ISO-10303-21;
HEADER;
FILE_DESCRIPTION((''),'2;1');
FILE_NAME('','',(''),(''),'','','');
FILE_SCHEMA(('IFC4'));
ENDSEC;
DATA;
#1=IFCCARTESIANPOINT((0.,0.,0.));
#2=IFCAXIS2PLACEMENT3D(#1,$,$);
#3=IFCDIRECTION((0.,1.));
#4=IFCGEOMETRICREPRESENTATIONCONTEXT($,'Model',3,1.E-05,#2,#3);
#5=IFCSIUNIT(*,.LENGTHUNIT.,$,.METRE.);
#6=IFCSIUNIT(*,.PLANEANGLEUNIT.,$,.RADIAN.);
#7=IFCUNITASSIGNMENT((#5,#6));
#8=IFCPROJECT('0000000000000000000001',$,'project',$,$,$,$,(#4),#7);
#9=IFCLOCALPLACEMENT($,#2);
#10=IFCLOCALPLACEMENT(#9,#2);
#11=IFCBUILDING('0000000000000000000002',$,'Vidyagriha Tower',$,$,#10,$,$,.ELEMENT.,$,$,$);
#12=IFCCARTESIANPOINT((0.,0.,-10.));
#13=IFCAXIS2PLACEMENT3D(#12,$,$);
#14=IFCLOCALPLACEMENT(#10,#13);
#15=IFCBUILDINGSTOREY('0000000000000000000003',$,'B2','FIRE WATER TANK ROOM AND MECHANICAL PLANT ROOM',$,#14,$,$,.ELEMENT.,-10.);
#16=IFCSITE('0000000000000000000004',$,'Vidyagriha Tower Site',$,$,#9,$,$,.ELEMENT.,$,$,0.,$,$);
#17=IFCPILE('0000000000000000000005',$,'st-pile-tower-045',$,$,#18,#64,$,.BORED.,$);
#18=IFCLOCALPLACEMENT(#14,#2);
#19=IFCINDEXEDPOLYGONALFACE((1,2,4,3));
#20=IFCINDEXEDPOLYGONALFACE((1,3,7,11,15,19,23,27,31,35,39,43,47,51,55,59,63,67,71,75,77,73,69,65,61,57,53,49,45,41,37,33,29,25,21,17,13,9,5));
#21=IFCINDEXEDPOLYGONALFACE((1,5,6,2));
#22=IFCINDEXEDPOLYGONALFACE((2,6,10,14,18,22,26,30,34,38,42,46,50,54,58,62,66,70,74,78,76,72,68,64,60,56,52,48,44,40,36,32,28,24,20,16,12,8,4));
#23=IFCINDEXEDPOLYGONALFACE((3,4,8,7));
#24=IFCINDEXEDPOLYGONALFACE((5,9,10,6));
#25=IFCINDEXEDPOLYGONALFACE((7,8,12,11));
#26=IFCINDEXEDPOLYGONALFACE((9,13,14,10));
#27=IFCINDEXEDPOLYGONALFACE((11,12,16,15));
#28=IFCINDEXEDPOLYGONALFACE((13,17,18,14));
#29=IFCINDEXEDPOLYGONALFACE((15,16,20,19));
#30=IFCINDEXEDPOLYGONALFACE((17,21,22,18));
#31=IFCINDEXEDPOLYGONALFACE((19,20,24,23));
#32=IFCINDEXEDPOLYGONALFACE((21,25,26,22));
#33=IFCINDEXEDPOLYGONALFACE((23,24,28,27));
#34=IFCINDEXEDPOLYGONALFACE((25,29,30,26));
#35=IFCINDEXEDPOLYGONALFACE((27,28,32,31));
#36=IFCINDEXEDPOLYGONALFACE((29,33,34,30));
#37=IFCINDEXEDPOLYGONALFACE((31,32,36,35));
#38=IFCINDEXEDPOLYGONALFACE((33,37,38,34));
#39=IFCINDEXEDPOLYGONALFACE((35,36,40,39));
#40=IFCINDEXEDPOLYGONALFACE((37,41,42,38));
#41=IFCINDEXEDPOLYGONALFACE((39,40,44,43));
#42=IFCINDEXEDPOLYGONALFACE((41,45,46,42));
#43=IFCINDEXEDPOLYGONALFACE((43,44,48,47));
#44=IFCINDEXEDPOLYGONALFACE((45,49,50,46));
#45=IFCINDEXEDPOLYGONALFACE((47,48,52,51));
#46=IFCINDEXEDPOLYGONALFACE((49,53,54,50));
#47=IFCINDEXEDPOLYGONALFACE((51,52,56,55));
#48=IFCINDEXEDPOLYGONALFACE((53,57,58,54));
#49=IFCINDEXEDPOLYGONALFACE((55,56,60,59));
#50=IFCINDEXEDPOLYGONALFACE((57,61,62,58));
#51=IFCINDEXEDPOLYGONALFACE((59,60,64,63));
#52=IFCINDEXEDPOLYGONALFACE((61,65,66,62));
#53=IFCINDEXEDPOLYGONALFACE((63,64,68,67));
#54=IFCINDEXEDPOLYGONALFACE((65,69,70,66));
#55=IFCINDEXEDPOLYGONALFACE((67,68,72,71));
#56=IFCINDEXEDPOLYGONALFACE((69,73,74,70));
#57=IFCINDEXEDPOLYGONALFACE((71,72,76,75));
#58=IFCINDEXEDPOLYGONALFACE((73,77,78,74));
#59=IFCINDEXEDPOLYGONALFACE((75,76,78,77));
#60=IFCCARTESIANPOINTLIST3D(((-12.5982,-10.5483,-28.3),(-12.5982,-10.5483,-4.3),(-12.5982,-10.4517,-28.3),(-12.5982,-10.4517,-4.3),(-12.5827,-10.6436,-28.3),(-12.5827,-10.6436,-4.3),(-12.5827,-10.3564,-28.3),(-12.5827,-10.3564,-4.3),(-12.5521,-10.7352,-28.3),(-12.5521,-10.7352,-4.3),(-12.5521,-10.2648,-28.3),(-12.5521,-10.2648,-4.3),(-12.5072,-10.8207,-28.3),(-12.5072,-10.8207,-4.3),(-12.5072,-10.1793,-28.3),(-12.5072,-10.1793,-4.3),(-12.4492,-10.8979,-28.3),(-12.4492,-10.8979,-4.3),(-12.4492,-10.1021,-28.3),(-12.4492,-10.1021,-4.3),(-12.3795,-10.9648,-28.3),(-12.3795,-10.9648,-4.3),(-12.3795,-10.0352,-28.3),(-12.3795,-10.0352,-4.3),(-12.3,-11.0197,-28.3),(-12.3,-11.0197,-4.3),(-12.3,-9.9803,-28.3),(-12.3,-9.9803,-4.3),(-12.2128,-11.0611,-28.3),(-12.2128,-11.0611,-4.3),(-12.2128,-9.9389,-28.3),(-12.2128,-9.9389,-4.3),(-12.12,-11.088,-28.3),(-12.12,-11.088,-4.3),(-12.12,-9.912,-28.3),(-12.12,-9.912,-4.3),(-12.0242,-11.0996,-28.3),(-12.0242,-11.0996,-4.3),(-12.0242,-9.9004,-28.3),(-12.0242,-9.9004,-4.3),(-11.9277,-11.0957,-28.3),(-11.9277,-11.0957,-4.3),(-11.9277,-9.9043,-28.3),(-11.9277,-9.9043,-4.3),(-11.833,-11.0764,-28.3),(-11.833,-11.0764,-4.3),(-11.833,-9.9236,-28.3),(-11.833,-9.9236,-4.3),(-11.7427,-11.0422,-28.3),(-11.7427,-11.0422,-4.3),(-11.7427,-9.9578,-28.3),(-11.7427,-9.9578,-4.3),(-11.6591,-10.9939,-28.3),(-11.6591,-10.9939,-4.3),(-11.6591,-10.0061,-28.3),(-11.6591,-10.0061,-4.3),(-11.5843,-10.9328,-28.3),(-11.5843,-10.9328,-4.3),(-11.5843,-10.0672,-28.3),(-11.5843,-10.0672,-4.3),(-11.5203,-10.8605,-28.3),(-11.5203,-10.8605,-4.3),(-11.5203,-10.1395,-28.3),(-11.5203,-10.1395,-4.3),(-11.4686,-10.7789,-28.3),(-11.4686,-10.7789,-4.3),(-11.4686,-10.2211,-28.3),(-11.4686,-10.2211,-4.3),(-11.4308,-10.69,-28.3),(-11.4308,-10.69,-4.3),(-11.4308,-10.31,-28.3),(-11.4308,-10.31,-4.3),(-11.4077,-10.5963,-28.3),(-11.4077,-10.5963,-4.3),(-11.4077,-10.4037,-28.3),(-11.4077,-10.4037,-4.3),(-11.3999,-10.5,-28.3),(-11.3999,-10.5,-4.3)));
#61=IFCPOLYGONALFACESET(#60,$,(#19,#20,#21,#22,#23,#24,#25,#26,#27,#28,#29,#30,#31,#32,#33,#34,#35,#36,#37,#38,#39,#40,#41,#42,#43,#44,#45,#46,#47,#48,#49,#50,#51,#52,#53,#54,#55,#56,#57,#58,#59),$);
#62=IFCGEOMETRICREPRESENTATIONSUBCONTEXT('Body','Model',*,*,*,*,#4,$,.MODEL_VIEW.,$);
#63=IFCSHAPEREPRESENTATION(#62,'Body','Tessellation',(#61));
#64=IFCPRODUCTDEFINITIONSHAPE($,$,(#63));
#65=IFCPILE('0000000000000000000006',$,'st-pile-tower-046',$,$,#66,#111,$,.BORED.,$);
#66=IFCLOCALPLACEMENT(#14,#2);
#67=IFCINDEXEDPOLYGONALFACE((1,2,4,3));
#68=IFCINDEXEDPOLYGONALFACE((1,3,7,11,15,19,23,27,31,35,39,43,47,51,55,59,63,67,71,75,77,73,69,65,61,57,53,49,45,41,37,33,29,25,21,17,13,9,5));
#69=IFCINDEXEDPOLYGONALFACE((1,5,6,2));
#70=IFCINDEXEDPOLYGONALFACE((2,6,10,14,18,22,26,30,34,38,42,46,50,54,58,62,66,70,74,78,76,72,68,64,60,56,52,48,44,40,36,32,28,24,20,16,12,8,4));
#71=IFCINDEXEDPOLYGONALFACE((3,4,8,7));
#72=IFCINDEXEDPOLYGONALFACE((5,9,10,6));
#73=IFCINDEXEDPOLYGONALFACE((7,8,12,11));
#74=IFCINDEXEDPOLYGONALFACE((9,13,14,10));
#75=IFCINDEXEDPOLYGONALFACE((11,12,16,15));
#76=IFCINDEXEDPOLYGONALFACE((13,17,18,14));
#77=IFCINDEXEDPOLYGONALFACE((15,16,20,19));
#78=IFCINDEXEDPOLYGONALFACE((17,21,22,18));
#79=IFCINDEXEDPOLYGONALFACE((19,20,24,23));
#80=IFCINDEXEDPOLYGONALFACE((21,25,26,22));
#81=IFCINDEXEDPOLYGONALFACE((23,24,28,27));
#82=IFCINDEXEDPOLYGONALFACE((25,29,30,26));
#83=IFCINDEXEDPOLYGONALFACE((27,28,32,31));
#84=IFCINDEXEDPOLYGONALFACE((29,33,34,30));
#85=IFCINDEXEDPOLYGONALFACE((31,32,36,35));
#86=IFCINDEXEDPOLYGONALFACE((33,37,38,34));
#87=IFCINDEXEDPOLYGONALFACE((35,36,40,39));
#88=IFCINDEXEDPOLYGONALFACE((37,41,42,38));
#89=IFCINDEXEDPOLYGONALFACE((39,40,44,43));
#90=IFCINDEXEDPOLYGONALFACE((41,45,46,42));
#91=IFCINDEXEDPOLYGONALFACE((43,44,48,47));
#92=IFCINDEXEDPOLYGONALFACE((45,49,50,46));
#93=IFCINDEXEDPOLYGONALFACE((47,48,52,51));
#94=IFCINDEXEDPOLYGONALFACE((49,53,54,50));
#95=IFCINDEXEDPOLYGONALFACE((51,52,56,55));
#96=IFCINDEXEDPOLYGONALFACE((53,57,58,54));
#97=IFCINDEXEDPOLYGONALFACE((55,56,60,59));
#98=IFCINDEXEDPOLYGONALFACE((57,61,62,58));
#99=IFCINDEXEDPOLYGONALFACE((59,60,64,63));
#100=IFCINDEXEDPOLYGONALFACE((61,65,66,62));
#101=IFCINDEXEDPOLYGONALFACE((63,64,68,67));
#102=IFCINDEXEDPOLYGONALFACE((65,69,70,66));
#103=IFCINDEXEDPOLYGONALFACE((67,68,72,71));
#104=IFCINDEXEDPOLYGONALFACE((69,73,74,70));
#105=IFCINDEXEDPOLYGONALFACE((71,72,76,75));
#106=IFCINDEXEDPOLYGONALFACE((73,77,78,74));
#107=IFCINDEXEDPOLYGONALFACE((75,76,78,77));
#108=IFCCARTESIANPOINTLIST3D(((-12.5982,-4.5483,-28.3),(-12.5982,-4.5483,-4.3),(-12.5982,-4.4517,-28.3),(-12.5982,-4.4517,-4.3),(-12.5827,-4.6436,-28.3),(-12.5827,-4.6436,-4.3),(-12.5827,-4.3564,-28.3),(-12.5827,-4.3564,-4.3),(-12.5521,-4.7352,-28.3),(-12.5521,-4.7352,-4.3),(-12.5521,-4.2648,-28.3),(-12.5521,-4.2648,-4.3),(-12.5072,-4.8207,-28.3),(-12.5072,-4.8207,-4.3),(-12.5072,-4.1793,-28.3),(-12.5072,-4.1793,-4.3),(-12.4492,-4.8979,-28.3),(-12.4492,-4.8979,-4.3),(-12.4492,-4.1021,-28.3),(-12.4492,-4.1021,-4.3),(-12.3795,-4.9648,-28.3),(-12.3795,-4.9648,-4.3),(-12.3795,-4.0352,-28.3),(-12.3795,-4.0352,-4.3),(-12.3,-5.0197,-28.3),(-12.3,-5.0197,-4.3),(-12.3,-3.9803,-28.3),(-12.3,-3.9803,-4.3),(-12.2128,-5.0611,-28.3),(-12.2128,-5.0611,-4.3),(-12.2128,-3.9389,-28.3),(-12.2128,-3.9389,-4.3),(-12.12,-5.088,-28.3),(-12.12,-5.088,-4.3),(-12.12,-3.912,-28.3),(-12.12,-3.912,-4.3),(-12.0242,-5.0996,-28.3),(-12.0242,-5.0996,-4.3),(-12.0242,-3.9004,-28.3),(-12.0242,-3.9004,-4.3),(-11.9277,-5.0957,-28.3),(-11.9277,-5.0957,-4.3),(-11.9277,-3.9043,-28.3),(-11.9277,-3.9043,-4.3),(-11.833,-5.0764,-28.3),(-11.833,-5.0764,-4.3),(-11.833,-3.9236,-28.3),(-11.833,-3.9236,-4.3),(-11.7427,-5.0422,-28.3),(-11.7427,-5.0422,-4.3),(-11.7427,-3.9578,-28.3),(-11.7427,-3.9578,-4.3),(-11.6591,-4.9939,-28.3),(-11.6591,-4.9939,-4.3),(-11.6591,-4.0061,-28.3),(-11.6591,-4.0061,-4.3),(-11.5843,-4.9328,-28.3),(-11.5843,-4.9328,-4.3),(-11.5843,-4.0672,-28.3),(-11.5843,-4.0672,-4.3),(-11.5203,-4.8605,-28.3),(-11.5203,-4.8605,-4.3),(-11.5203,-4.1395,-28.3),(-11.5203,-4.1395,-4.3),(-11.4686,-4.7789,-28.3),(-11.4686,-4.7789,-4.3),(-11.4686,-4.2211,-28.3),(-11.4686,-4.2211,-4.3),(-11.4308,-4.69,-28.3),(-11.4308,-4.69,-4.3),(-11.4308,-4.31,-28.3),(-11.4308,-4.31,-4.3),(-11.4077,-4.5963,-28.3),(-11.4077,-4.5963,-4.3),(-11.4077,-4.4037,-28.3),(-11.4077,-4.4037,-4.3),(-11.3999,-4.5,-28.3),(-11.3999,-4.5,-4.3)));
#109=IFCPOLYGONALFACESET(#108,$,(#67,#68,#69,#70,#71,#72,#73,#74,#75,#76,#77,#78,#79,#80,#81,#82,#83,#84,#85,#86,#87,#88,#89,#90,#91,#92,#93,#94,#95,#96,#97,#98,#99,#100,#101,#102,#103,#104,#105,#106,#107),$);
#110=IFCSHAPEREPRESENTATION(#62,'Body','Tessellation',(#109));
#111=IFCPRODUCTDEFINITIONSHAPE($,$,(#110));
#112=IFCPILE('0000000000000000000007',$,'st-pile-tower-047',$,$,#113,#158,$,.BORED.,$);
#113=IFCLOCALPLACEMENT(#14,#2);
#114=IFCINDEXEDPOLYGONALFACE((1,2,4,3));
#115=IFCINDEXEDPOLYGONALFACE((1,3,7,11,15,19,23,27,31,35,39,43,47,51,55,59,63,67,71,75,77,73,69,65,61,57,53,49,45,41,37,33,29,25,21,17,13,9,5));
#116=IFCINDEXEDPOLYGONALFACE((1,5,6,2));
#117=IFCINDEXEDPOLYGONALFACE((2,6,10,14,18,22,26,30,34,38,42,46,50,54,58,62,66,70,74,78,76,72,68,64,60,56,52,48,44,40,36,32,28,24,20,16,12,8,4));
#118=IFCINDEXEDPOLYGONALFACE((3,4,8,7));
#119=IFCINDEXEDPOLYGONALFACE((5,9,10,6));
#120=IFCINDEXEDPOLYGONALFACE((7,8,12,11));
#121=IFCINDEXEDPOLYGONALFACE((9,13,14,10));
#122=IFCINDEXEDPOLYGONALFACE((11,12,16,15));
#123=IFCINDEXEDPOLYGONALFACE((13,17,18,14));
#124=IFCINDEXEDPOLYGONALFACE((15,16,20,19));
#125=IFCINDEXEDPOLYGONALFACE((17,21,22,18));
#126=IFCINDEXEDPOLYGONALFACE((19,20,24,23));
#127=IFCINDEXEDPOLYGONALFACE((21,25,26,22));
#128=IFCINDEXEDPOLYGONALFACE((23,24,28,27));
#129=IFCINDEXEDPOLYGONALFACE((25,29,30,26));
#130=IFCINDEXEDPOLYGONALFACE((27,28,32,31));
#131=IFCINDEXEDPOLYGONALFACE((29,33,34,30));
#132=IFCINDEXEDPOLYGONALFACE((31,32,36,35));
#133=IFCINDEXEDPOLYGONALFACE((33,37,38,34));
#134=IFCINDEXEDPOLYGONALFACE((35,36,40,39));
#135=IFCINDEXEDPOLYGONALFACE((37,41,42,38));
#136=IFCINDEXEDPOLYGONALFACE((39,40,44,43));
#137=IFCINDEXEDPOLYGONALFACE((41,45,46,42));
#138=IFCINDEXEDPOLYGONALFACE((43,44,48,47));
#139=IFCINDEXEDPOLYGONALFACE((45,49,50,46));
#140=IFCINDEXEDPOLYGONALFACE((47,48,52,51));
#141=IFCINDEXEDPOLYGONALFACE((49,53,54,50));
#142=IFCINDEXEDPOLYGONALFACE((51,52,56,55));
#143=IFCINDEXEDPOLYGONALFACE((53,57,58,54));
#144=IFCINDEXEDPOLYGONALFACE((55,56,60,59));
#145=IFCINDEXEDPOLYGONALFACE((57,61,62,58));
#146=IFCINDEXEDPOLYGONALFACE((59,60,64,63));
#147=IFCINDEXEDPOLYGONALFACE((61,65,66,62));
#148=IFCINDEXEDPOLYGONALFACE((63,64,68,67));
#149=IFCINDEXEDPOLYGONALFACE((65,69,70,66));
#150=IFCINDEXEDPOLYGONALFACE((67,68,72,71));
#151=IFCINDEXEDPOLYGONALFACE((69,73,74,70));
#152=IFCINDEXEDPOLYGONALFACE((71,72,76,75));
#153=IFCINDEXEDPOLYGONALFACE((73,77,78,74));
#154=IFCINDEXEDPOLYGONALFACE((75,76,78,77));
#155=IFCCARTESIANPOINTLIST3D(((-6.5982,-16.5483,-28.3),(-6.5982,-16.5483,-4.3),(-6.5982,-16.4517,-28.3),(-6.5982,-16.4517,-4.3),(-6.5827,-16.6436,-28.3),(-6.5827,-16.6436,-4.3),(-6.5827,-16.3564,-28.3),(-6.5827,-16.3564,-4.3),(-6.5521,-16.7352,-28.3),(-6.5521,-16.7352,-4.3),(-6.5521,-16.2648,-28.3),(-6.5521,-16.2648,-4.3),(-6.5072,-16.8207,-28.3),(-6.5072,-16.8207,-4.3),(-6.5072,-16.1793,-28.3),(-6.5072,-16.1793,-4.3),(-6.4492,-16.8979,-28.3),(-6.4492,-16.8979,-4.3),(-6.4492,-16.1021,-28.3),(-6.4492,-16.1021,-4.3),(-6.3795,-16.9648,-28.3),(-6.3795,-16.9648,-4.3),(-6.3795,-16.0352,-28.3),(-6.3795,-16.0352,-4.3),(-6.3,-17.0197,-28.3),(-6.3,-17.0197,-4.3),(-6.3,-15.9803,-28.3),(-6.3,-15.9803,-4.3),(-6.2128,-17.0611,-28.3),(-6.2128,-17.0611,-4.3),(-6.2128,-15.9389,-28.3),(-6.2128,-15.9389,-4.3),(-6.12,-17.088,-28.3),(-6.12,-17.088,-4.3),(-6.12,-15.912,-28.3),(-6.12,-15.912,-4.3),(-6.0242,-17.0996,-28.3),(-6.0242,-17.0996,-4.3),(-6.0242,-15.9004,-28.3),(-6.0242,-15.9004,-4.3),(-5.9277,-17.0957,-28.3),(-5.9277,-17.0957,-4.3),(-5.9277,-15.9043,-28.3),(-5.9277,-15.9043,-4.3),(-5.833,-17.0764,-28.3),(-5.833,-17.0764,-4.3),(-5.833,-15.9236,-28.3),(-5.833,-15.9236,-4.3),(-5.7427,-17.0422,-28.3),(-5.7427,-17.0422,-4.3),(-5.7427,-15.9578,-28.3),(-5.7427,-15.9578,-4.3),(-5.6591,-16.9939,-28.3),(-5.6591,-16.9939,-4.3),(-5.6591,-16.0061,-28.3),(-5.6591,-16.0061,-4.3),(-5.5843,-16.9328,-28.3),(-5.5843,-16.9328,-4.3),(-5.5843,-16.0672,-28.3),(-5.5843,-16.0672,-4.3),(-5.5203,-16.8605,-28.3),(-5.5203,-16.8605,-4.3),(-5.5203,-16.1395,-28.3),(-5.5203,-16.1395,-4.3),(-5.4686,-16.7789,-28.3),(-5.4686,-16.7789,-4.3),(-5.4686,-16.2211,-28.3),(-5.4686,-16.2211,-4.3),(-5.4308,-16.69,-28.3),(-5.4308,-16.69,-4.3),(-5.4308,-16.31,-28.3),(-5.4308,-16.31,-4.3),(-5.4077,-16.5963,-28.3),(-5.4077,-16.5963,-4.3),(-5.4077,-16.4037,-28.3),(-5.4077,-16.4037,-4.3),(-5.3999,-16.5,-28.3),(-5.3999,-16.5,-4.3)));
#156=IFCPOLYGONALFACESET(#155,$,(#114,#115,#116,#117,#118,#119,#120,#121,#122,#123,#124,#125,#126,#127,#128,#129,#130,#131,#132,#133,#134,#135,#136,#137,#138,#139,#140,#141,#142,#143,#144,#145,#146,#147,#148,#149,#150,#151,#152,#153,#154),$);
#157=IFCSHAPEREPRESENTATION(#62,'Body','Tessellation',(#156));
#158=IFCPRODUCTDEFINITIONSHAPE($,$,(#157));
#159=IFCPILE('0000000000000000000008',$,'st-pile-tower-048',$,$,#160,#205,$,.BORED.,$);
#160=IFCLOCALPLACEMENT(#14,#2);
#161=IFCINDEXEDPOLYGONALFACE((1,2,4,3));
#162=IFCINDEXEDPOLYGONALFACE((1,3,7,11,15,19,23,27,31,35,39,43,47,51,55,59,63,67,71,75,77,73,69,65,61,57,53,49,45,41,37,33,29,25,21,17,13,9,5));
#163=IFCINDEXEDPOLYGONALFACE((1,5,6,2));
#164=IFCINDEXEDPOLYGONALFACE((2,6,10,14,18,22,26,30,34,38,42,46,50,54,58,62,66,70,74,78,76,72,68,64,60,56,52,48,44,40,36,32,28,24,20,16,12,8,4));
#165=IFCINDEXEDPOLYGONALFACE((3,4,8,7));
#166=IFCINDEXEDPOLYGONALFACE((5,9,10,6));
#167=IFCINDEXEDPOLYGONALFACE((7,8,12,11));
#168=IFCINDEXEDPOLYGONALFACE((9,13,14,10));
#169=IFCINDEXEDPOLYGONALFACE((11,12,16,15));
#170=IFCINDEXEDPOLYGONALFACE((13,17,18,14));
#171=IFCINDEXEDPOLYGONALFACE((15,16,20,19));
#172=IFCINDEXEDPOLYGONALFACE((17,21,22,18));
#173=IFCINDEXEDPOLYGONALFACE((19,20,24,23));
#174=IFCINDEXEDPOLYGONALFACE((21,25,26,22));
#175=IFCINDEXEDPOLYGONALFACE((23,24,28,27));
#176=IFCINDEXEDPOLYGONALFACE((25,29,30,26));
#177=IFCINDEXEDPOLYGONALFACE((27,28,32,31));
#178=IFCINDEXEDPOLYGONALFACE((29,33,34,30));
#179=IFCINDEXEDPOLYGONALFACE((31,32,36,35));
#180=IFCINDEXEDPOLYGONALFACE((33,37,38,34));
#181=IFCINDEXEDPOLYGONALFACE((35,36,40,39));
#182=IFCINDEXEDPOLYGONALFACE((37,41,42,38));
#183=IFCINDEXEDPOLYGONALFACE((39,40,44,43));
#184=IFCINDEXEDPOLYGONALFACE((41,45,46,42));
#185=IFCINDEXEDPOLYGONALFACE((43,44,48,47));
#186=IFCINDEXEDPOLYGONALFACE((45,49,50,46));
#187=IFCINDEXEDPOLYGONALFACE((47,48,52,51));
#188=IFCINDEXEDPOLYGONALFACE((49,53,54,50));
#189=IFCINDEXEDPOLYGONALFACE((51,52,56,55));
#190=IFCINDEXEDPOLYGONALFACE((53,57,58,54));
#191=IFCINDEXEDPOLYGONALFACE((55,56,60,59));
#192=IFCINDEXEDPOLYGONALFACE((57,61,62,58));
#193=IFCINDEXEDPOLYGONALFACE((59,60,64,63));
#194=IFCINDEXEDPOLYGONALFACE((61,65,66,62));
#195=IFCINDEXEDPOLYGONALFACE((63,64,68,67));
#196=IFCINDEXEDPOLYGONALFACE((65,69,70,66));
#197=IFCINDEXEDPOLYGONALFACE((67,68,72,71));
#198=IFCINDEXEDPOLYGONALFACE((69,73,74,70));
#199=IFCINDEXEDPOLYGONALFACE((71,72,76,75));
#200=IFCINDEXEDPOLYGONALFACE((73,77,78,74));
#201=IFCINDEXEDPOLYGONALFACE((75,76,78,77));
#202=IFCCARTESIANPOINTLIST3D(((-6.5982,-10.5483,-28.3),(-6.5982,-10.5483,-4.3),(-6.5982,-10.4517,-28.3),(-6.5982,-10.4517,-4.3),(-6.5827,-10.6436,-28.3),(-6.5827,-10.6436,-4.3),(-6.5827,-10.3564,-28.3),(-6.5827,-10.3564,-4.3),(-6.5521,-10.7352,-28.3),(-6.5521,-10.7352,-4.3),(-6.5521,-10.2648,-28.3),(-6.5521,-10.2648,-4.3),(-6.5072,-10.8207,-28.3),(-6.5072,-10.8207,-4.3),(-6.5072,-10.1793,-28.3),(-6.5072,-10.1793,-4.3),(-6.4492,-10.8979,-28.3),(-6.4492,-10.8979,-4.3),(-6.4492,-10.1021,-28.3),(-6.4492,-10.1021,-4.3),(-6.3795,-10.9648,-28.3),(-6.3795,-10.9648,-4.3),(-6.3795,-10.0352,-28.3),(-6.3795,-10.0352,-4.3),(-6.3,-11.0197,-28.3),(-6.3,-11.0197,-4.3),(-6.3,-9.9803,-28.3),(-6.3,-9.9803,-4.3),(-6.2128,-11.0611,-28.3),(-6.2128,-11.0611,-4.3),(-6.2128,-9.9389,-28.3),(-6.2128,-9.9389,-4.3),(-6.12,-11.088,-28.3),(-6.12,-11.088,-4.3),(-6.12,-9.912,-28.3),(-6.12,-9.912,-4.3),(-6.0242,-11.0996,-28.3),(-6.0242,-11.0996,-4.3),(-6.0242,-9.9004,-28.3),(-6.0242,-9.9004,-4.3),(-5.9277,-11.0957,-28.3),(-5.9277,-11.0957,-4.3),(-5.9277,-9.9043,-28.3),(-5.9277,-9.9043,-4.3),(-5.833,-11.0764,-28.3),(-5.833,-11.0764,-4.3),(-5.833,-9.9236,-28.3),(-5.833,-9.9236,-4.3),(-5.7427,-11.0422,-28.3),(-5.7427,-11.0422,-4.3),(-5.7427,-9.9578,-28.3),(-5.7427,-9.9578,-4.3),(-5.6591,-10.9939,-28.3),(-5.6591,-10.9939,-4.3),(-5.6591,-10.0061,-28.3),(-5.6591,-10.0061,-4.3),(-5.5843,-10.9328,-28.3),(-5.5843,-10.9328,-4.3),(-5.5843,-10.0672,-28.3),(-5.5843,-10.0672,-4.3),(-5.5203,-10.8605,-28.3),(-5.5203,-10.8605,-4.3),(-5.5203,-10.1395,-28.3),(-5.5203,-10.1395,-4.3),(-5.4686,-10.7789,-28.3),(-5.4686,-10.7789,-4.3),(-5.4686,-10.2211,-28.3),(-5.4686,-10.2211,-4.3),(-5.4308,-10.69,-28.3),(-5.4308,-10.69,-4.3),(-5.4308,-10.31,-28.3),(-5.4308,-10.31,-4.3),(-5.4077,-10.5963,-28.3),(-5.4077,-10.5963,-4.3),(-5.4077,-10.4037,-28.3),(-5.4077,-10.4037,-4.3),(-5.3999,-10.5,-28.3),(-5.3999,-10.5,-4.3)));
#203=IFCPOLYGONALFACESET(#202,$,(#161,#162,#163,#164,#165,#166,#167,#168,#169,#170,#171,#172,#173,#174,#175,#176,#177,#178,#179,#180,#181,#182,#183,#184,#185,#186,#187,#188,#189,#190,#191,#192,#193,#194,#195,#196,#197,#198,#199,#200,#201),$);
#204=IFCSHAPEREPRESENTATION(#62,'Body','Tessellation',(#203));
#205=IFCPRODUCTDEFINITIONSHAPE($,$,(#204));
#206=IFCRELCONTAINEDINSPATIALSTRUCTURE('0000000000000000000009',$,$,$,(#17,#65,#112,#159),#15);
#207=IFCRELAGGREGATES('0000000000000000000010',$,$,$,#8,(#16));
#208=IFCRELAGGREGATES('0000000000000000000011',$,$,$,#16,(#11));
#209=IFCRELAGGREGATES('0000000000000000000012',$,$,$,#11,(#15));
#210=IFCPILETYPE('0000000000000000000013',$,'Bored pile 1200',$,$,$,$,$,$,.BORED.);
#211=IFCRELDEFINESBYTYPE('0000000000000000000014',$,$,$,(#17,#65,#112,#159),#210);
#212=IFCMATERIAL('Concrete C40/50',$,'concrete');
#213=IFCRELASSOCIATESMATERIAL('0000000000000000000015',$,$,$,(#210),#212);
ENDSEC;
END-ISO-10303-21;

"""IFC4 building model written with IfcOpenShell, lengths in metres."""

from ifc_helpers import new_model, si_unit, direction, frame, origin, origin_2d, place, context, subcontext, project, spatial, circle, extrude, material, material_profile, profile_set, type_object, element, save


model = new_model("IFC4")

# Units and contexts
model_context = context("Model", 3, precision=1e-05, world=origin(), true_north=direction((0.0, 1.0)))
body_context = subcontext(model_context, "Body", "Model", "MODEL_VIEW")
ifc_project = project(units=[si_unit("LENGTHUNIT", "METRE"), si_unit("PLANEANGLEUNIT", "RADIAN")], contexts=[model_context])

# Site, building, storey
site_placement = place(None, origin())
site = spatial("IfcSite", under=ifc_project, at=site_placement, Name="Vidyagriha Tower Site", CompositionType="ELEMENT", RefElevation=0.0)
building_placement = place(site_placement, origin())
building = spatial("IfcBuilding", under=site, at=building_placement, Name="Vidyagriha Tower", CompositionType="ELEMENT")
storey_placement = place(building_placement, frame((0.0, 0.0, -10.0)))
storey = spatial("IfcBuildingStorey", under=building, at=storey_placement, Name="B2", Description="FIRE WATER TANK ROOM AND MECHANICAL PLANT ROOM", CompositionType="ELEMENT", Elevation=-10.0)

# Piles
ifc_material_1 = material(Name="Concrete C40/50", Category="concrete")
ifc_material_profile_1 = material_profile(ifc_material_1, circle(Radius=0.6001, at=origin_2d()), Name="Bored pile 1200")
ifc_profile_set_1 = profile_set([ifc_material_profile_1], Name="Concrete C40/50")
pile_type = type_object("IfcPileType", Name="Bored pile 1200", PredefinedType="BORED", material=ifc_profile_set_1)
for number, where, z_axis, x_axis, name in (
    (1, (-12.0, -10.5, -4.3), (0.0, 0.0, -1.0), (1.0, 0.0, 0.0), "st-pile-tower-045"),
    (2, (-12.0, -4.5, -4.3), (0.0, 0.0, -1.0), (1.0, 0.0, 0.0), "st-pile-tower-046"),
    (3, (-6.0, -16.5, -4.3), (0.0, 0.0, -1.0), (1.0, 0.0, 0.0), "st-pile-tower-047"),
    (4, (-6.0, -10.5, -4.3), (0.0, 0.0, -1.0), (1.0, 0.0, 0.0), "st-pile-tower-048"),
):
    element("IfcPile", number, at=place(storey_placement, frame(where, z_axis=z_axis, x_axis=x_axis)), inside=storey, type_object=pile_type, Name=name, PredefinedType="BORED", context=body_context, shape_type="SweptSolid", body=[
        extrude(circle(Radius=0.6001, at=origin_2d()), origin(), (0.0, 0.0, 1.0), 24.0),
    ])

save(model, "model.ifc")
